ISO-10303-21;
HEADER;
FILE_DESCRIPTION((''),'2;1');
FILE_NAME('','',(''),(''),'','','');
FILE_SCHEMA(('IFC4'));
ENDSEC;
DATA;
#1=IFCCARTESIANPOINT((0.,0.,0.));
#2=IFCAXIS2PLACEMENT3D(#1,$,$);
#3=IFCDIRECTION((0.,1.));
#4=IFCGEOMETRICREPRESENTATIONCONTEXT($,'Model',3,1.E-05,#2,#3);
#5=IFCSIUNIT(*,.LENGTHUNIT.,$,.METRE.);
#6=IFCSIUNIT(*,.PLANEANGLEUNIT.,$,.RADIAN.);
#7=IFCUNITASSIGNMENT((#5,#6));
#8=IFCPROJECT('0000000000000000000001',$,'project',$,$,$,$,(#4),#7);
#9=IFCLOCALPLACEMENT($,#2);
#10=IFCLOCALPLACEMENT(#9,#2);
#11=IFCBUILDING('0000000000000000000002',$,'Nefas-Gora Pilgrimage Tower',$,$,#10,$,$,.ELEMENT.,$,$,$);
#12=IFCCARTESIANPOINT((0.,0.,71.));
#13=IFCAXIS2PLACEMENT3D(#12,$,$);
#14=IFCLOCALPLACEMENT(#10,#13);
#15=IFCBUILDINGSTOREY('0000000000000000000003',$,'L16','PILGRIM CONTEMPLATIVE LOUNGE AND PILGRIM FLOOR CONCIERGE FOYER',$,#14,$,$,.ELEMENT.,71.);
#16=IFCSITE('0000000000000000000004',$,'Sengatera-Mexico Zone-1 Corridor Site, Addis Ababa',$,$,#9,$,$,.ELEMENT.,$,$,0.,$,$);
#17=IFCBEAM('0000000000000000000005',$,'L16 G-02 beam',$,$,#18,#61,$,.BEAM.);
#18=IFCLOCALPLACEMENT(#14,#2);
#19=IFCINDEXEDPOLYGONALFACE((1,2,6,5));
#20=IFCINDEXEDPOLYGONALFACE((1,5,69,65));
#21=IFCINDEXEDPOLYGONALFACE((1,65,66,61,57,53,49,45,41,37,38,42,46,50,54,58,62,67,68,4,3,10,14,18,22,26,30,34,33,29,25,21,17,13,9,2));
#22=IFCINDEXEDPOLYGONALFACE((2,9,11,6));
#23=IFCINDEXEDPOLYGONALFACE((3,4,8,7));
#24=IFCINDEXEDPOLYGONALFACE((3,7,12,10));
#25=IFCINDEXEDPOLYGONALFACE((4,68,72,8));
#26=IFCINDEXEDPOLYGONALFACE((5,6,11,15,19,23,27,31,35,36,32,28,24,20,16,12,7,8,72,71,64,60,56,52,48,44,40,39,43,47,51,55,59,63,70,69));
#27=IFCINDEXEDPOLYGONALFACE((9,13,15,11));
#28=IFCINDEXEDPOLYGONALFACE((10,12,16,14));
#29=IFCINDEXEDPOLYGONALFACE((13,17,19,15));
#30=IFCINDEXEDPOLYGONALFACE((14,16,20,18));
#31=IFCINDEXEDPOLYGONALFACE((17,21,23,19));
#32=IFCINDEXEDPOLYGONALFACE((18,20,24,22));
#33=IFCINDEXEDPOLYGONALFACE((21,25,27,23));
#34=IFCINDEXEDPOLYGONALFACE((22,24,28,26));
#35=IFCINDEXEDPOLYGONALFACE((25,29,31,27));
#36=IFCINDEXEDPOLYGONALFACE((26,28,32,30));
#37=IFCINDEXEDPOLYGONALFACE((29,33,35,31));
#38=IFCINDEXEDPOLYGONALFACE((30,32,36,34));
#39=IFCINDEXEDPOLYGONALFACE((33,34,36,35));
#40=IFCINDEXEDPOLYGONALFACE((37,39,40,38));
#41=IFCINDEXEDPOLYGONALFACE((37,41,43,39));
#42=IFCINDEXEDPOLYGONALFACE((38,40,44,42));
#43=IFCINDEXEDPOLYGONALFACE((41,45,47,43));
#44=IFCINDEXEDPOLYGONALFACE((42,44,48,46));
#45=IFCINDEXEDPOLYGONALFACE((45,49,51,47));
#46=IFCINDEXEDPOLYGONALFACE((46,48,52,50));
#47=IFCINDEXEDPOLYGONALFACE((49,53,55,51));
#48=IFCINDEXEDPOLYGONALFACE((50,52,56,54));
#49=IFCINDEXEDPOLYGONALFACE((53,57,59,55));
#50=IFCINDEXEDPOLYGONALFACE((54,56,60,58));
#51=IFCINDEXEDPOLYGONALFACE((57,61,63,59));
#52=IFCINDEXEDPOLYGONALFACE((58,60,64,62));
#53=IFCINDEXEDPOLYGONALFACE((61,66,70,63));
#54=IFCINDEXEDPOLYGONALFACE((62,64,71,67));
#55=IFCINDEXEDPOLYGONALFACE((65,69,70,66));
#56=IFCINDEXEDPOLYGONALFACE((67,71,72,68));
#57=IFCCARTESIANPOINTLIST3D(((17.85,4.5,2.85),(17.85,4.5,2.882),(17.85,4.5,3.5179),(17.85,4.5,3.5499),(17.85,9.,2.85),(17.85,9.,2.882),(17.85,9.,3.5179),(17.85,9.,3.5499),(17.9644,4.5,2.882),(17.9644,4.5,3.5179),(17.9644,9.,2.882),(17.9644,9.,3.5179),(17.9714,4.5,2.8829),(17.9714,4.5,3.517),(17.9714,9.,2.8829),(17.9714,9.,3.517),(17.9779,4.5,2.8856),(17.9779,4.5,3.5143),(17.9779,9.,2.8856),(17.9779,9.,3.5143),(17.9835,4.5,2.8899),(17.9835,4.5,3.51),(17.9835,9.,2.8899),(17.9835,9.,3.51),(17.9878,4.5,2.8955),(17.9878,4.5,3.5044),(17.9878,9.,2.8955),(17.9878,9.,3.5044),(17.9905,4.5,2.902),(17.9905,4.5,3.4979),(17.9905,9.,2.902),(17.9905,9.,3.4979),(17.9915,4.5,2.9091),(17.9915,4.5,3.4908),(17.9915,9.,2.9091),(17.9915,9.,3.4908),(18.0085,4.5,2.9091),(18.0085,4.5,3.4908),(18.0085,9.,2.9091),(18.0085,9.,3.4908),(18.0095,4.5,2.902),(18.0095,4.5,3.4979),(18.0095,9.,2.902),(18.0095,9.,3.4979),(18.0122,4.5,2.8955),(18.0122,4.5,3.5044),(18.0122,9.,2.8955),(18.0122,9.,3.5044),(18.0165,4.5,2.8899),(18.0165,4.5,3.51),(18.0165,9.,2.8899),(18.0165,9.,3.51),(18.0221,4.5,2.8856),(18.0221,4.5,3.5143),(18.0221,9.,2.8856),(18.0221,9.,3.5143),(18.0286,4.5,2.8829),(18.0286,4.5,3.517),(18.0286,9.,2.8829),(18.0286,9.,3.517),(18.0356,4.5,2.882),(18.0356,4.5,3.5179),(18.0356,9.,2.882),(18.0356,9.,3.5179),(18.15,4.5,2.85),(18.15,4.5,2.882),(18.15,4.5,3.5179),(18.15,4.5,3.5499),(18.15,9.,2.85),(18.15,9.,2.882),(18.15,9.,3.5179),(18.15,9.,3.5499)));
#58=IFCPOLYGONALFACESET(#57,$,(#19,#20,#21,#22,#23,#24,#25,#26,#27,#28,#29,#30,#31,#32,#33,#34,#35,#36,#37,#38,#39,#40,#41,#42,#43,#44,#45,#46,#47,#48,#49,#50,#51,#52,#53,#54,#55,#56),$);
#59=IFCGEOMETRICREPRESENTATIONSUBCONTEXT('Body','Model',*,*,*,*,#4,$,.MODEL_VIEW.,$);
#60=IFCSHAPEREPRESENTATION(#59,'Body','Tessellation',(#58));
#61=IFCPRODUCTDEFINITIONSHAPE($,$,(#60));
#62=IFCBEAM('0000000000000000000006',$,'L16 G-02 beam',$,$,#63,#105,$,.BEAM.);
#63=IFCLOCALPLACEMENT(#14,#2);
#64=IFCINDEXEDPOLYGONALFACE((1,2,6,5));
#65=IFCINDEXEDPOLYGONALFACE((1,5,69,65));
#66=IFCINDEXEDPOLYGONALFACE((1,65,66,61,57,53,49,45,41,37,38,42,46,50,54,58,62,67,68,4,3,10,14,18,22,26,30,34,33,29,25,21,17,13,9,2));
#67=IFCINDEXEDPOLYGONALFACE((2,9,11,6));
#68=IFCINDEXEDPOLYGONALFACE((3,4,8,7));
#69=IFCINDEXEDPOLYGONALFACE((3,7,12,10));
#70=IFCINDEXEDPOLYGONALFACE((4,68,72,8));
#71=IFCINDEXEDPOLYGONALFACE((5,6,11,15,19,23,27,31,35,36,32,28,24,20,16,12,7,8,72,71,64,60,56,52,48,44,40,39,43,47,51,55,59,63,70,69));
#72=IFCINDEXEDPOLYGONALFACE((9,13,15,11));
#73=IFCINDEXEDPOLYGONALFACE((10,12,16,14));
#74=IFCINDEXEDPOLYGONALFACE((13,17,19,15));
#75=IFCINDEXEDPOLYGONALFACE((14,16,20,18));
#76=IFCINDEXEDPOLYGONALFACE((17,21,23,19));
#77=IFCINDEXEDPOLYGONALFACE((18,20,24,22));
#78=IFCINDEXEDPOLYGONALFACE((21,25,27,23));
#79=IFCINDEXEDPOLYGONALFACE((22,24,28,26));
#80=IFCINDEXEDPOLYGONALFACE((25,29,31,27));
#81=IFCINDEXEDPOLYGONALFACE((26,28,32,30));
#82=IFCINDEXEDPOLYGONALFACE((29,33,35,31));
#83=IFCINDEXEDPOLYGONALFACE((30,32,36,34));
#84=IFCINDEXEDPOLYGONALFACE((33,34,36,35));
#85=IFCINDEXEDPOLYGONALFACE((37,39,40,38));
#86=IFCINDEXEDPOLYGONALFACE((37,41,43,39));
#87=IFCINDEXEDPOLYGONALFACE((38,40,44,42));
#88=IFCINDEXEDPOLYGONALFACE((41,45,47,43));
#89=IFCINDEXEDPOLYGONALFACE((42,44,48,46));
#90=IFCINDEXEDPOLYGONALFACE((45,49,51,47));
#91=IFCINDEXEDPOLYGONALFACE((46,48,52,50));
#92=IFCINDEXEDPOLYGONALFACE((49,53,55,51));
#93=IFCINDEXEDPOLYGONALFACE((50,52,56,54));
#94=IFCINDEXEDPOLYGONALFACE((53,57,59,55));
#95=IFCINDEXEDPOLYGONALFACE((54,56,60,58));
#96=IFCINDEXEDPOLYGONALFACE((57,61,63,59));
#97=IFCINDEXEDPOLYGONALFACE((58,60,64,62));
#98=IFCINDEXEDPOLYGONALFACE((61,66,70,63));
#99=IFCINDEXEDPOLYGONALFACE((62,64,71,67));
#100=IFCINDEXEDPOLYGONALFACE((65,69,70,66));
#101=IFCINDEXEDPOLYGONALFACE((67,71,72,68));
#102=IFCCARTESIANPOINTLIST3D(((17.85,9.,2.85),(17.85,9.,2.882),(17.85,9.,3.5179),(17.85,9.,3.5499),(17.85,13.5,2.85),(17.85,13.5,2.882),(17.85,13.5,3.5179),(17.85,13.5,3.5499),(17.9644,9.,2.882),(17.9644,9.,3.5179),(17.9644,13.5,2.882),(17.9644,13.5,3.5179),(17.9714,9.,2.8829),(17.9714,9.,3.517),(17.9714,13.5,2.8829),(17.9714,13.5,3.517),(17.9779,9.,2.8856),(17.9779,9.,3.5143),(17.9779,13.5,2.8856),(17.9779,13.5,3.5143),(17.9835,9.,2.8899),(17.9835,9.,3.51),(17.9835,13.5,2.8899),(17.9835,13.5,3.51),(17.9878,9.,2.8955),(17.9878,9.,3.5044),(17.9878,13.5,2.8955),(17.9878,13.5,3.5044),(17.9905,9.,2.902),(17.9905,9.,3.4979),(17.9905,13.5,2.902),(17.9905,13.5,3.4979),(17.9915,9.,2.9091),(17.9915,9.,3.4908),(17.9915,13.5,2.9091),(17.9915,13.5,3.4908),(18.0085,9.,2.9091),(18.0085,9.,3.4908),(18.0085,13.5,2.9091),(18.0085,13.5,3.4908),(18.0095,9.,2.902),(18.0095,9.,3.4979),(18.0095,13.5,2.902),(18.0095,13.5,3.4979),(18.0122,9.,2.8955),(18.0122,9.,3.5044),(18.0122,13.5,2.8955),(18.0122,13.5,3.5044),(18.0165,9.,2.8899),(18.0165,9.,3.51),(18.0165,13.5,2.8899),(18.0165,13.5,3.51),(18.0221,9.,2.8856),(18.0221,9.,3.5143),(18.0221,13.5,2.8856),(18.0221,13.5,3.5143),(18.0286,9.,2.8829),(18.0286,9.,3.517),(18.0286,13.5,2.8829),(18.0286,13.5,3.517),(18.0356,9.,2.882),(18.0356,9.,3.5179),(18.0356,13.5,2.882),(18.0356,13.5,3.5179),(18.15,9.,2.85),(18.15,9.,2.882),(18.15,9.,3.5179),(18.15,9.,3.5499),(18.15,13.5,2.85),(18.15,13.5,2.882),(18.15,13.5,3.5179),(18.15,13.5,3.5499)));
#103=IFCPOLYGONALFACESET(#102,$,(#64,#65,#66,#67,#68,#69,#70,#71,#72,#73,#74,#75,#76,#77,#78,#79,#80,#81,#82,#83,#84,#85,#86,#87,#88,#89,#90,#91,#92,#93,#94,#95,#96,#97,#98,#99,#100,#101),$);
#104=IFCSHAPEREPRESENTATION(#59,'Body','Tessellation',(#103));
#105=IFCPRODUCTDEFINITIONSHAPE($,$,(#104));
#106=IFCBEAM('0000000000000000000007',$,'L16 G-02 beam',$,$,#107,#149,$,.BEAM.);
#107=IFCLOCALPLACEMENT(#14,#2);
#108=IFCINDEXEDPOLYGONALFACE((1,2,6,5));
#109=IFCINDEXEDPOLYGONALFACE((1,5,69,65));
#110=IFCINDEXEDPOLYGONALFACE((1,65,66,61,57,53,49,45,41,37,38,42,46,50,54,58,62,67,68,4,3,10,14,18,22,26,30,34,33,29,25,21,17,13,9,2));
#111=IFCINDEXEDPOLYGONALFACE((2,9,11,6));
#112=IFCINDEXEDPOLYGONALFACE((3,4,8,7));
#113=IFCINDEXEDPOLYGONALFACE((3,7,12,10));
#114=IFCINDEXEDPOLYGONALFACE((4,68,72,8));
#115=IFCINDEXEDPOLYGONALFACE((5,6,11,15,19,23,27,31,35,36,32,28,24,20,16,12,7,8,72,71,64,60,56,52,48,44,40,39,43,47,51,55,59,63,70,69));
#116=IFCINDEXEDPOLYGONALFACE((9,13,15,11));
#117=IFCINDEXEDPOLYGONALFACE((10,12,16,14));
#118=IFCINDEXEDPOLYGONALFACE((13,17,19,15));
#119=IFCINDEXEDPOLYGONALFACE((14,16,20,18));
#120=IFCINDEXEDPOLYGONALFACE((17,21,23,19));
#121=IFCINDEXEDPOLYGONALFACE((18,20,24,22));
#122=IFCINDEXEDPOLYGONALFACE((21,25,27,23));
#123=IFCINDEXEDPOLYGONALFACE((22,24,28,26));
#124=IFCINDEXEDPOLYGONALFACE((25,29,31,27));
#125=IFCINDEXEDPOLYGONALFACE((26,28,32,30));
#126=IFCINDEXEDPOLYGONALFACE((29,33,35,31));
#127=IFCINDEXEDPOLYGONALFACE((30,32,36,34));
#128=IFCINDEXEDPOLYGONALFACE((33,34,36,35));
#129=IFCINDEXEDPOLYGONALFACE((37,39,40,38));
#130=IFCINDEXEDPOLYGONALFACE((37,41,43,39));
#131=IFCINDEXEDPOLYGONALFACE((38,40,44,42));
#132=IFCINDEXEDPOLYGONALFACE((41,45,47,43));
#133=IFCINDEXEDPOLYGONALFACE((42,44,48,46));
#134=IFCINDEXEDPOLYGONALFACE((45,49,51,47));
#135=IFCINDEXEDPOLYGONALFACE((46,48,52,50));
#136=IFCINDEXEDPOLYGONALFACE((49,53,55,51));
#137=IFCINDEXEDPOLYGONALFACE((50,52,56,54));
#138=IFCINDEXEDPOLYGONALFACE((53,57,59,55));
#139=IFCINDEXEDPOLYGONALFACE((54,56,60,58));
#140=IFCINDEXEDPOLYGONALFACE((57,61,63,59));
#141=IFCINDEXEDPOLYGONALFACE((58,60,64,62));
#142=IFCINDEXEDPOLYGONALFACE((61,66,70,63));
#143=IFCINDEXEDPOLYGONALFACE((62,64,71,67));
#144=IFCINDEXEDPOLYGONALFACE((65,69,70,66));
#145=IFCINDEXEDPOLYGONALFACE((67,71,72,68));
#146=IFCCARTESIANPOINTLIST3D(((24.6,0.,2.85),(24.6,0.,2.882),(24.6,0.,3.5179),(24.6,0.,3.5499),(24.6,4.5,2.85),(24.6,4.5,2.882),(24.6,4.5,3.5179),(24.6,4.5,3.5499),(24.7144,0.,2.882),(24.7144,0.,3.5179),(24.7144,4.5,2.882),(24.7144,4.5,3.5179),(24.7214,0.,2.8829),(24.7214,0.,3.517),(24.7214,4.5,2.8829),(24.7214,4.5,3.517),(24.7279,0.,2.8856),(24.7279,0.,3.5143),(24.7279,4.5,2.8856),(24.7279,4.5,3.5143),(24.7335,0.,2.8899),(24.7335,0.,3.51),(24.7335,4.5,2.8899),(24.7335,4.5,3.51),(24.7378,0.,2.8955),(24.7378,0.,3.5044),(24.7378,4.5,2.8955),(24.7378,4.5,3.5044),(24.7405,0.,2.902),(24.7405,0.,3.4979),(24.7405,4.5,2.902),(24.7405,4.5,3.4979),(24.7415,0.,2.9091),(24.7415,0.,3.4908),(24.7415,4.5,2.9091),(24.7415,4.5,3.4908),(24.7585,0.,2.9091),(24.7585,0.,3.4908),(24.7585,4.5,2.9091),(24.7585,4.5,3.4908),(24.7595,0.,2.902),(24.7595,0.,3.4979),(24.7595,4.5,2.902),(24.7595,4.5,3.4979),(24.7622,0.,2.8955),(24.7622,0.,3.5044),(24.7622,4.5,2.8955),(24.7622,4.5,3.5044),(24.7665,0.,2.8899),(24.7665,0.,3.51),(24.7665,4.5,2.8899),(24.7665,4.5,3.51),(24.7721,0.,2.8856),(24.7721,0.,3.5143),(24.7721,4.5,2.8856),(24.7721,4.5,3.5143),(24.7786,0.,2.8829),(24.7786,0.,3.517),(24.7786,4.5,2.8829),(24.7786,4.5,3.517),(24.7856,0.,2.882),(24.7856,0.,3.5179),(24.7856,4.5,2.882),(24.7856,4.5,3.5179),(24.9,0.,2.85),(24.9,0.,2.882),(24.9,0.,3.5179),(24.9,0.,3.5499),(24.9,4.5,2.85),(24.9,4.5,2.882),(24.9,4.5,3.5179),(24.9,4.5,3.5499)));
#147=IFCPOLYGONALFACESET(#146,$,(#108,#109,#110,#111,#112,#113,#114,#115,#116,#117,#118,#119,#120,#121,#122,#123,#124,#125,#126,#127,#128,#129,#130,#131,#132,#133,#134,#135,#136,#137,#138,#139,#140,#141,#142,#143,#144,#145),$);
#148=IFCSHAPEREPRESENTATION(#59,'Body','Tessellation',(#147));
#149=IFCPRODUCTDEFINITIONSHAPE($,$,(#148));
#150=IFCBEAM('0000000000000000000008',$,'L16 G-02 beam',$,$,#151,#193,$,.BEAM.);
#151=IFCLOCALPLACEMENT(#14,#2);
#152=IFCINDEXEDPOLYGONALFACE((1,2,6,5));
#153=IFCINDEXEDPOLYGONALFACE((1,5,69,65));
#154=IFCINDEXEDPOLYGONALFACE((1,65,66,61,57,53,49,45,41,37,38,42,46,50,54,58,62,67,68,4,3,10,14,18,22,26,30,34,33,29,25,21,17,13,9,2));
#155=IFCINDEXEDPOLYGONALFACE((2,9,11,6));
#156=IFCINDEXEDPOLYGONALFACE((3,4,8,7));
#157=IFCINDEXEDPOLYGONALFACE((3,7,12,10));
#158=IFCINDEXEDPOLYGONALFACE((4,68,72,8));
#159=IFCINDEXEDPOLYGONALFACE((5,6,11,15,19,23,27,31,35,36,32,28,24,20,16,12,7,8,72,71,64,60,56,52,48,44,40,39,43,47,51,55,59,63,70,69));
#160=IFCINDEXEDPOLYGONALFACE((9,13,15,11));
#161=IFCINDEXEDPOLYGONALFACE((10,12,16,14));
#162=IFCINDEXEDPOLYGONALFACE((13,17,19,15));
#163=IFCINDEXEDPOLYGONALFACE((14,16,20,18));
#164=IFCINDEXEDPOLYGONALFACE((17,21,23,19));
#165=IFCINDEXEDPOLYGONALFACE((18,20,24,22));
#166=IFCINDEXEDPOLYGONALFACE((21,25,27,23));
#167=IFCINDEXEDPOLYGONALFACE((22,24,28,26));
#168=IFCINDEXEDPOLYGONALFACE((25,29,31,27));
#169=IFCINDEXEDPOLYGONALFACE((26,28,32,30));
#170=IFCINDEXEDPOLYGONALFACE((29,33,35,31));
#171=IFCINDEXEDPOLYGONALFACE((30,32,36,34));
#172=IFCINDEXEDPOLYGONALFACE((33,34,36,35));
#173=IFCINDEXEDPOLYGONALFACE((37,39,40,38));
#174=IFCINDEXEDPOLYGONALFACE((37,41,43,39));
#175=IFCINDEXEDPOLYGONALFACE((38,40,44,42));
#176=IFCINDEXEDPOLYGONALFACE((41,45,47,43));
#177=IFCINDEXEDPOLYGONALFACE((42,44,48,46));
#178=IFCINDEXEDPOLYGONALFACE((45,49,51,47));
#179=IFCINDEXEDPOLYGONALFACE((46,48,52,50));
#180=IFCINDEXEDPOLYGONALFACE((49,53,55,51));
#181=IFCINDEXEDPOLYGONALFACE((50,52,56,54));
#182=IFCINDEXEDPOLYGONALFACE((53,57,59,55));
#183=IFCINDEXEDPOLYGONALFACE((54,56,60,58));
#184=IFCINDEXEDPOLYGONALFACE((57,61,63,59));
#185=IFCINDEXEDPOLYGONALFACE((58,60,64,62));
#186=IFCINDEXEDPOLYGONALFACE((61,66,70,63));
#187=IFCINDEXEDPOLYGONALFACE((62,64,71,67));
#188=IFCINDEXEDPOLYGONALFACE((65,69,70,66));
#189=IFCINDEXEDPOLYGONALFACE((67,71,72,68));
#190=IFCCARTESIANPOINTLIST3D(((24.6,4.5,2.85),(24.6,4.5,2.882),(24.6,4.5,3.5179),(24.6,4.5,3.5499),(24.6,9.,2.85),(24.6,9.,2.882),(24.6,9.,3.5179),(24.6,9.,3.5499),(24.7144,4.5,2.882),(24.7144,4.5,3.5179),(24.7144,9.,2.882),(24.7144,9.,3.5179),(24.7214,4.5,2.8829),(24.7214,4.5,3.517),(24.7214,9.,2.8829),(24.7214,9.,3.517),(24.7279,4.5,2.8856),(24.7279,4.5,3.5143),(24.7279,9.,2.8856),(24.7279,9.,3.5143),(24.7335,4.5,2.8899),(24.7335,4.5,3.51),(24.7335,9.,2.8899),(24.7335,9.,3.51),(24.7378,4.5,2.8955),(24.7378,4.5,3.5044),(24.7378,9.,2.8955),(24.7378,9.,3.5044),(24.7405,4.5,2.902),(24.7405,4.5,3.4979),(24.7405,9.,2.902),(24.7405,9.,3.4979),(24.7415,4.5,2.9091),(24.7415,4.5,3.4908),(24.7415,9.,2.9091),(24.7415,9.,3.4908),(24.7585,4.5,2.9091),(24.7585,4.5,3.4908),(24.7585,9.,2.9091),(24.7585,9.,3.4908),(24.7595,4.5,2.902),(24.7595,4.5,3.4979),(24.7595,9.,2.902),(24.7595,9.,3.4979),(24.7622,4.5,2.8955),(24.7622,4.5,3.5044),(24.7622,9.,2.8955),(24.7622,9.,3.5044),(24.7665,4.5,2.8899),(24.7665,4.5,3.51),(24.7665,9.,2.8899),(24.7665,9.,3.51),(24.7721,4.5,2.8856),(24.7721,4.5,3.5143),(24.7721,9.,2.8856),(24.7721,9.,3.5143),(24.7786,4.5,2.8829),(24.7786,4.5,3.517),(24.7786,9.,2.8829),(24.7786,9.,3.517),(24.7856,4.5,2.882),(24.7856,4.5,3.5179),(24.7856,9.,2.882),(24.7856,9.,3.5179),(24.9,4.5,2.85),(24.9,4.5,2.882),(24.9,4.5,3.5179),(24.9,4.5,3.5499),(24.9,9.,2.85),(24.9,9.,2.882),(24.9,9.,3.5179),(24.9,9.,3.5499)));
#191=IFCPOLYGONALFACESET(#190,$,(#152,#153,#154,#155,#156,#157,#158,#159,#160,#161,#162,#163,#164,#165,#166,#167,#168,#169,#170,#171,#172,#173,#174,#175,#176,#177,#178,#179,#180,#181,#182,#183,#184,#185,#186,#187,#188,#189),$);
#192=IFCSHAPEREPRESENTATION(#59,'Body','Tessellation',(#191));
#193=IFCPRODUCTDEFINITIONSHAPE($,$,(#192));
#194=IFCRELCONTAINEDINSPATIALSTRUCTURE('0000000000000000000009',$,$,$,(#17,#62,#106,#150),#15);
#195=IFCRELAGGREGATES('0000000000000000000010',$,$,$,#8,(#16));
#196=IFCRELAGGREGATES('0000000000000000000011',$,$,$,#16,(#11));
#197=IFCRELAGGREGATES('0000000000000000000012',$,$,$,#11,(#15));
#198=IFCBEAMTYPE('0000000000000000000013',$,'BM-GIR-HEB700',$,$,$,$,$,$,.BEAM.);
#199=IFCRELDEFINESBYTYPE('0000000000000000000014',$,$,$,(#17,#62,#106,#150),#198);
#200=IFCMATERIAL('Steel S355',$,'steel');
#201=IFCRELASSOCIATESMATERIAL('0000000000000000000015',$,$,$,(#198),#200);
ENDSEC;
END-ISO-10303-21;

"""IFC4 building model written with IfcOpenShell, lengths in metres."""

from ifc_helpers import new_model, si_unit, direction, frame, origin, origin_2d, place, context, subcontext, project, spatial, i_section, extrude, source, transform, mapped, material, material_profile, profile_set, type_object, element, save


model = new_model("IFC4")

# Units and contexts
model_context = context("Model", 3, precision=1e-05, world=origin(), true_north=direction((0.0, 1.0)))
body_context = subcontext(model_context, "Body", "Model", "MODEL_VIEW")
ifc_project = project(units=[si_unit("LENGTHUNIT", "METRE"), si_unit("PLANEANGLEUNIT", "RADIAN")], contexts=[model_context])

# Site, building, storey
site_placement = place(None, origin())
site = spatial("IfcSite", under=ifc_project, at=site_placement, Name="Sengatera-Mexico Zone-1 Corridor Site, Addis Ababa", CompositionType="ELEMENT", RefElevation=0.0)
building_placement = place(site_placement, origin())
building = spatial("IfcBuilding", under=site, at=building_placement, Name="Nefas-Gora Pilgrimage Tower", CompositionType="ELEMENT")
storey_placement = place(building_placement, frame((0.0, 0.0, 71.0)))
storey = spatial("IfcBuildingStorey", under=building, at=storey_placement, Name="L16", Description="PILGRIM CONTEMPLATIVE LOUNGE AND PILGRIM FLOOR CONCIERGE FOYER", CompositionType="ELEMENT", Elevation=71.0)

# Beams
ifc_material_1 = material(Name="Steel S355", Category="steel")
ifc_material_profile_1 = material_profile(ifc_material_1, i_section(OverallWidth=0.3, OverallDepth=0.7, WebThickness=0.0171, FlangeThickness=0.032, FilletRadius=0.0271, at=origin_2d()), Name="HEB 700")
ifc_profile_set_1 = profile_set([ifc_material_profile_1], Name="Steel S355")
beam_type_1 = type_object("IfcBeamType", Name="BM-GIR-HEB700", PredefinedType="BEAM", material=ifc_profile_set_1)
shared_shape_1 = source(origin(), body_context, "Body", "SweptSolid", [
    extrude(i_section(OverallWidth=0.3, OverallDepth=0.7, WebThickness=0.0171, FlangeThickness=0.032, FilletRadius=0.0271, at=origin_2d()), origin(), (0.0, 0.0, 1.0), 4.5),
])
for number, where, z_axis, x_axis, name in (
    (1, (18.0, 4.5, 3.2), (0.0, 1.0, 0.0), (-1.0, 0.0, 0.0), "L16 G-02 beam"),
    (2, (18.0, 9.0, 3.2), (0.0, 1.0, 0.0), (-1.0, 0.0, 0.0), "L16 G-02 beam"),
    (3, (24.75, 0.0, 3.2), (0.0, 1.0, 0.0), (-1.0, 0.0, 0.0), "L16 G-02 beam"),
    (4, (24.75, 4.5, 3.2), (0.0, 1.0, 0.0), (-1.0, 0.0, 0.0), "L16 G-02 beam"),
):
    element("IfcBeam", number, at=place(storey_placement, frame(where, z_axis=z_axis, x_axis=x_axis)), inside=storey, type_object=beam_type_1, Name=name, PredefinedType="BEAM", context=body_context, shape_type="MappedRepresentation", body=[
        mapped(shared_shape_1, transform((0.0, 0.0, 0.0), x_axis=(1.0, 0.0, 0.0), y_axis=(0.0, 1.0, 0.0), z_axis=(0.0, 0.0, 1.0), scale=1.0)),
    ])

save(model, "model.ifc")
